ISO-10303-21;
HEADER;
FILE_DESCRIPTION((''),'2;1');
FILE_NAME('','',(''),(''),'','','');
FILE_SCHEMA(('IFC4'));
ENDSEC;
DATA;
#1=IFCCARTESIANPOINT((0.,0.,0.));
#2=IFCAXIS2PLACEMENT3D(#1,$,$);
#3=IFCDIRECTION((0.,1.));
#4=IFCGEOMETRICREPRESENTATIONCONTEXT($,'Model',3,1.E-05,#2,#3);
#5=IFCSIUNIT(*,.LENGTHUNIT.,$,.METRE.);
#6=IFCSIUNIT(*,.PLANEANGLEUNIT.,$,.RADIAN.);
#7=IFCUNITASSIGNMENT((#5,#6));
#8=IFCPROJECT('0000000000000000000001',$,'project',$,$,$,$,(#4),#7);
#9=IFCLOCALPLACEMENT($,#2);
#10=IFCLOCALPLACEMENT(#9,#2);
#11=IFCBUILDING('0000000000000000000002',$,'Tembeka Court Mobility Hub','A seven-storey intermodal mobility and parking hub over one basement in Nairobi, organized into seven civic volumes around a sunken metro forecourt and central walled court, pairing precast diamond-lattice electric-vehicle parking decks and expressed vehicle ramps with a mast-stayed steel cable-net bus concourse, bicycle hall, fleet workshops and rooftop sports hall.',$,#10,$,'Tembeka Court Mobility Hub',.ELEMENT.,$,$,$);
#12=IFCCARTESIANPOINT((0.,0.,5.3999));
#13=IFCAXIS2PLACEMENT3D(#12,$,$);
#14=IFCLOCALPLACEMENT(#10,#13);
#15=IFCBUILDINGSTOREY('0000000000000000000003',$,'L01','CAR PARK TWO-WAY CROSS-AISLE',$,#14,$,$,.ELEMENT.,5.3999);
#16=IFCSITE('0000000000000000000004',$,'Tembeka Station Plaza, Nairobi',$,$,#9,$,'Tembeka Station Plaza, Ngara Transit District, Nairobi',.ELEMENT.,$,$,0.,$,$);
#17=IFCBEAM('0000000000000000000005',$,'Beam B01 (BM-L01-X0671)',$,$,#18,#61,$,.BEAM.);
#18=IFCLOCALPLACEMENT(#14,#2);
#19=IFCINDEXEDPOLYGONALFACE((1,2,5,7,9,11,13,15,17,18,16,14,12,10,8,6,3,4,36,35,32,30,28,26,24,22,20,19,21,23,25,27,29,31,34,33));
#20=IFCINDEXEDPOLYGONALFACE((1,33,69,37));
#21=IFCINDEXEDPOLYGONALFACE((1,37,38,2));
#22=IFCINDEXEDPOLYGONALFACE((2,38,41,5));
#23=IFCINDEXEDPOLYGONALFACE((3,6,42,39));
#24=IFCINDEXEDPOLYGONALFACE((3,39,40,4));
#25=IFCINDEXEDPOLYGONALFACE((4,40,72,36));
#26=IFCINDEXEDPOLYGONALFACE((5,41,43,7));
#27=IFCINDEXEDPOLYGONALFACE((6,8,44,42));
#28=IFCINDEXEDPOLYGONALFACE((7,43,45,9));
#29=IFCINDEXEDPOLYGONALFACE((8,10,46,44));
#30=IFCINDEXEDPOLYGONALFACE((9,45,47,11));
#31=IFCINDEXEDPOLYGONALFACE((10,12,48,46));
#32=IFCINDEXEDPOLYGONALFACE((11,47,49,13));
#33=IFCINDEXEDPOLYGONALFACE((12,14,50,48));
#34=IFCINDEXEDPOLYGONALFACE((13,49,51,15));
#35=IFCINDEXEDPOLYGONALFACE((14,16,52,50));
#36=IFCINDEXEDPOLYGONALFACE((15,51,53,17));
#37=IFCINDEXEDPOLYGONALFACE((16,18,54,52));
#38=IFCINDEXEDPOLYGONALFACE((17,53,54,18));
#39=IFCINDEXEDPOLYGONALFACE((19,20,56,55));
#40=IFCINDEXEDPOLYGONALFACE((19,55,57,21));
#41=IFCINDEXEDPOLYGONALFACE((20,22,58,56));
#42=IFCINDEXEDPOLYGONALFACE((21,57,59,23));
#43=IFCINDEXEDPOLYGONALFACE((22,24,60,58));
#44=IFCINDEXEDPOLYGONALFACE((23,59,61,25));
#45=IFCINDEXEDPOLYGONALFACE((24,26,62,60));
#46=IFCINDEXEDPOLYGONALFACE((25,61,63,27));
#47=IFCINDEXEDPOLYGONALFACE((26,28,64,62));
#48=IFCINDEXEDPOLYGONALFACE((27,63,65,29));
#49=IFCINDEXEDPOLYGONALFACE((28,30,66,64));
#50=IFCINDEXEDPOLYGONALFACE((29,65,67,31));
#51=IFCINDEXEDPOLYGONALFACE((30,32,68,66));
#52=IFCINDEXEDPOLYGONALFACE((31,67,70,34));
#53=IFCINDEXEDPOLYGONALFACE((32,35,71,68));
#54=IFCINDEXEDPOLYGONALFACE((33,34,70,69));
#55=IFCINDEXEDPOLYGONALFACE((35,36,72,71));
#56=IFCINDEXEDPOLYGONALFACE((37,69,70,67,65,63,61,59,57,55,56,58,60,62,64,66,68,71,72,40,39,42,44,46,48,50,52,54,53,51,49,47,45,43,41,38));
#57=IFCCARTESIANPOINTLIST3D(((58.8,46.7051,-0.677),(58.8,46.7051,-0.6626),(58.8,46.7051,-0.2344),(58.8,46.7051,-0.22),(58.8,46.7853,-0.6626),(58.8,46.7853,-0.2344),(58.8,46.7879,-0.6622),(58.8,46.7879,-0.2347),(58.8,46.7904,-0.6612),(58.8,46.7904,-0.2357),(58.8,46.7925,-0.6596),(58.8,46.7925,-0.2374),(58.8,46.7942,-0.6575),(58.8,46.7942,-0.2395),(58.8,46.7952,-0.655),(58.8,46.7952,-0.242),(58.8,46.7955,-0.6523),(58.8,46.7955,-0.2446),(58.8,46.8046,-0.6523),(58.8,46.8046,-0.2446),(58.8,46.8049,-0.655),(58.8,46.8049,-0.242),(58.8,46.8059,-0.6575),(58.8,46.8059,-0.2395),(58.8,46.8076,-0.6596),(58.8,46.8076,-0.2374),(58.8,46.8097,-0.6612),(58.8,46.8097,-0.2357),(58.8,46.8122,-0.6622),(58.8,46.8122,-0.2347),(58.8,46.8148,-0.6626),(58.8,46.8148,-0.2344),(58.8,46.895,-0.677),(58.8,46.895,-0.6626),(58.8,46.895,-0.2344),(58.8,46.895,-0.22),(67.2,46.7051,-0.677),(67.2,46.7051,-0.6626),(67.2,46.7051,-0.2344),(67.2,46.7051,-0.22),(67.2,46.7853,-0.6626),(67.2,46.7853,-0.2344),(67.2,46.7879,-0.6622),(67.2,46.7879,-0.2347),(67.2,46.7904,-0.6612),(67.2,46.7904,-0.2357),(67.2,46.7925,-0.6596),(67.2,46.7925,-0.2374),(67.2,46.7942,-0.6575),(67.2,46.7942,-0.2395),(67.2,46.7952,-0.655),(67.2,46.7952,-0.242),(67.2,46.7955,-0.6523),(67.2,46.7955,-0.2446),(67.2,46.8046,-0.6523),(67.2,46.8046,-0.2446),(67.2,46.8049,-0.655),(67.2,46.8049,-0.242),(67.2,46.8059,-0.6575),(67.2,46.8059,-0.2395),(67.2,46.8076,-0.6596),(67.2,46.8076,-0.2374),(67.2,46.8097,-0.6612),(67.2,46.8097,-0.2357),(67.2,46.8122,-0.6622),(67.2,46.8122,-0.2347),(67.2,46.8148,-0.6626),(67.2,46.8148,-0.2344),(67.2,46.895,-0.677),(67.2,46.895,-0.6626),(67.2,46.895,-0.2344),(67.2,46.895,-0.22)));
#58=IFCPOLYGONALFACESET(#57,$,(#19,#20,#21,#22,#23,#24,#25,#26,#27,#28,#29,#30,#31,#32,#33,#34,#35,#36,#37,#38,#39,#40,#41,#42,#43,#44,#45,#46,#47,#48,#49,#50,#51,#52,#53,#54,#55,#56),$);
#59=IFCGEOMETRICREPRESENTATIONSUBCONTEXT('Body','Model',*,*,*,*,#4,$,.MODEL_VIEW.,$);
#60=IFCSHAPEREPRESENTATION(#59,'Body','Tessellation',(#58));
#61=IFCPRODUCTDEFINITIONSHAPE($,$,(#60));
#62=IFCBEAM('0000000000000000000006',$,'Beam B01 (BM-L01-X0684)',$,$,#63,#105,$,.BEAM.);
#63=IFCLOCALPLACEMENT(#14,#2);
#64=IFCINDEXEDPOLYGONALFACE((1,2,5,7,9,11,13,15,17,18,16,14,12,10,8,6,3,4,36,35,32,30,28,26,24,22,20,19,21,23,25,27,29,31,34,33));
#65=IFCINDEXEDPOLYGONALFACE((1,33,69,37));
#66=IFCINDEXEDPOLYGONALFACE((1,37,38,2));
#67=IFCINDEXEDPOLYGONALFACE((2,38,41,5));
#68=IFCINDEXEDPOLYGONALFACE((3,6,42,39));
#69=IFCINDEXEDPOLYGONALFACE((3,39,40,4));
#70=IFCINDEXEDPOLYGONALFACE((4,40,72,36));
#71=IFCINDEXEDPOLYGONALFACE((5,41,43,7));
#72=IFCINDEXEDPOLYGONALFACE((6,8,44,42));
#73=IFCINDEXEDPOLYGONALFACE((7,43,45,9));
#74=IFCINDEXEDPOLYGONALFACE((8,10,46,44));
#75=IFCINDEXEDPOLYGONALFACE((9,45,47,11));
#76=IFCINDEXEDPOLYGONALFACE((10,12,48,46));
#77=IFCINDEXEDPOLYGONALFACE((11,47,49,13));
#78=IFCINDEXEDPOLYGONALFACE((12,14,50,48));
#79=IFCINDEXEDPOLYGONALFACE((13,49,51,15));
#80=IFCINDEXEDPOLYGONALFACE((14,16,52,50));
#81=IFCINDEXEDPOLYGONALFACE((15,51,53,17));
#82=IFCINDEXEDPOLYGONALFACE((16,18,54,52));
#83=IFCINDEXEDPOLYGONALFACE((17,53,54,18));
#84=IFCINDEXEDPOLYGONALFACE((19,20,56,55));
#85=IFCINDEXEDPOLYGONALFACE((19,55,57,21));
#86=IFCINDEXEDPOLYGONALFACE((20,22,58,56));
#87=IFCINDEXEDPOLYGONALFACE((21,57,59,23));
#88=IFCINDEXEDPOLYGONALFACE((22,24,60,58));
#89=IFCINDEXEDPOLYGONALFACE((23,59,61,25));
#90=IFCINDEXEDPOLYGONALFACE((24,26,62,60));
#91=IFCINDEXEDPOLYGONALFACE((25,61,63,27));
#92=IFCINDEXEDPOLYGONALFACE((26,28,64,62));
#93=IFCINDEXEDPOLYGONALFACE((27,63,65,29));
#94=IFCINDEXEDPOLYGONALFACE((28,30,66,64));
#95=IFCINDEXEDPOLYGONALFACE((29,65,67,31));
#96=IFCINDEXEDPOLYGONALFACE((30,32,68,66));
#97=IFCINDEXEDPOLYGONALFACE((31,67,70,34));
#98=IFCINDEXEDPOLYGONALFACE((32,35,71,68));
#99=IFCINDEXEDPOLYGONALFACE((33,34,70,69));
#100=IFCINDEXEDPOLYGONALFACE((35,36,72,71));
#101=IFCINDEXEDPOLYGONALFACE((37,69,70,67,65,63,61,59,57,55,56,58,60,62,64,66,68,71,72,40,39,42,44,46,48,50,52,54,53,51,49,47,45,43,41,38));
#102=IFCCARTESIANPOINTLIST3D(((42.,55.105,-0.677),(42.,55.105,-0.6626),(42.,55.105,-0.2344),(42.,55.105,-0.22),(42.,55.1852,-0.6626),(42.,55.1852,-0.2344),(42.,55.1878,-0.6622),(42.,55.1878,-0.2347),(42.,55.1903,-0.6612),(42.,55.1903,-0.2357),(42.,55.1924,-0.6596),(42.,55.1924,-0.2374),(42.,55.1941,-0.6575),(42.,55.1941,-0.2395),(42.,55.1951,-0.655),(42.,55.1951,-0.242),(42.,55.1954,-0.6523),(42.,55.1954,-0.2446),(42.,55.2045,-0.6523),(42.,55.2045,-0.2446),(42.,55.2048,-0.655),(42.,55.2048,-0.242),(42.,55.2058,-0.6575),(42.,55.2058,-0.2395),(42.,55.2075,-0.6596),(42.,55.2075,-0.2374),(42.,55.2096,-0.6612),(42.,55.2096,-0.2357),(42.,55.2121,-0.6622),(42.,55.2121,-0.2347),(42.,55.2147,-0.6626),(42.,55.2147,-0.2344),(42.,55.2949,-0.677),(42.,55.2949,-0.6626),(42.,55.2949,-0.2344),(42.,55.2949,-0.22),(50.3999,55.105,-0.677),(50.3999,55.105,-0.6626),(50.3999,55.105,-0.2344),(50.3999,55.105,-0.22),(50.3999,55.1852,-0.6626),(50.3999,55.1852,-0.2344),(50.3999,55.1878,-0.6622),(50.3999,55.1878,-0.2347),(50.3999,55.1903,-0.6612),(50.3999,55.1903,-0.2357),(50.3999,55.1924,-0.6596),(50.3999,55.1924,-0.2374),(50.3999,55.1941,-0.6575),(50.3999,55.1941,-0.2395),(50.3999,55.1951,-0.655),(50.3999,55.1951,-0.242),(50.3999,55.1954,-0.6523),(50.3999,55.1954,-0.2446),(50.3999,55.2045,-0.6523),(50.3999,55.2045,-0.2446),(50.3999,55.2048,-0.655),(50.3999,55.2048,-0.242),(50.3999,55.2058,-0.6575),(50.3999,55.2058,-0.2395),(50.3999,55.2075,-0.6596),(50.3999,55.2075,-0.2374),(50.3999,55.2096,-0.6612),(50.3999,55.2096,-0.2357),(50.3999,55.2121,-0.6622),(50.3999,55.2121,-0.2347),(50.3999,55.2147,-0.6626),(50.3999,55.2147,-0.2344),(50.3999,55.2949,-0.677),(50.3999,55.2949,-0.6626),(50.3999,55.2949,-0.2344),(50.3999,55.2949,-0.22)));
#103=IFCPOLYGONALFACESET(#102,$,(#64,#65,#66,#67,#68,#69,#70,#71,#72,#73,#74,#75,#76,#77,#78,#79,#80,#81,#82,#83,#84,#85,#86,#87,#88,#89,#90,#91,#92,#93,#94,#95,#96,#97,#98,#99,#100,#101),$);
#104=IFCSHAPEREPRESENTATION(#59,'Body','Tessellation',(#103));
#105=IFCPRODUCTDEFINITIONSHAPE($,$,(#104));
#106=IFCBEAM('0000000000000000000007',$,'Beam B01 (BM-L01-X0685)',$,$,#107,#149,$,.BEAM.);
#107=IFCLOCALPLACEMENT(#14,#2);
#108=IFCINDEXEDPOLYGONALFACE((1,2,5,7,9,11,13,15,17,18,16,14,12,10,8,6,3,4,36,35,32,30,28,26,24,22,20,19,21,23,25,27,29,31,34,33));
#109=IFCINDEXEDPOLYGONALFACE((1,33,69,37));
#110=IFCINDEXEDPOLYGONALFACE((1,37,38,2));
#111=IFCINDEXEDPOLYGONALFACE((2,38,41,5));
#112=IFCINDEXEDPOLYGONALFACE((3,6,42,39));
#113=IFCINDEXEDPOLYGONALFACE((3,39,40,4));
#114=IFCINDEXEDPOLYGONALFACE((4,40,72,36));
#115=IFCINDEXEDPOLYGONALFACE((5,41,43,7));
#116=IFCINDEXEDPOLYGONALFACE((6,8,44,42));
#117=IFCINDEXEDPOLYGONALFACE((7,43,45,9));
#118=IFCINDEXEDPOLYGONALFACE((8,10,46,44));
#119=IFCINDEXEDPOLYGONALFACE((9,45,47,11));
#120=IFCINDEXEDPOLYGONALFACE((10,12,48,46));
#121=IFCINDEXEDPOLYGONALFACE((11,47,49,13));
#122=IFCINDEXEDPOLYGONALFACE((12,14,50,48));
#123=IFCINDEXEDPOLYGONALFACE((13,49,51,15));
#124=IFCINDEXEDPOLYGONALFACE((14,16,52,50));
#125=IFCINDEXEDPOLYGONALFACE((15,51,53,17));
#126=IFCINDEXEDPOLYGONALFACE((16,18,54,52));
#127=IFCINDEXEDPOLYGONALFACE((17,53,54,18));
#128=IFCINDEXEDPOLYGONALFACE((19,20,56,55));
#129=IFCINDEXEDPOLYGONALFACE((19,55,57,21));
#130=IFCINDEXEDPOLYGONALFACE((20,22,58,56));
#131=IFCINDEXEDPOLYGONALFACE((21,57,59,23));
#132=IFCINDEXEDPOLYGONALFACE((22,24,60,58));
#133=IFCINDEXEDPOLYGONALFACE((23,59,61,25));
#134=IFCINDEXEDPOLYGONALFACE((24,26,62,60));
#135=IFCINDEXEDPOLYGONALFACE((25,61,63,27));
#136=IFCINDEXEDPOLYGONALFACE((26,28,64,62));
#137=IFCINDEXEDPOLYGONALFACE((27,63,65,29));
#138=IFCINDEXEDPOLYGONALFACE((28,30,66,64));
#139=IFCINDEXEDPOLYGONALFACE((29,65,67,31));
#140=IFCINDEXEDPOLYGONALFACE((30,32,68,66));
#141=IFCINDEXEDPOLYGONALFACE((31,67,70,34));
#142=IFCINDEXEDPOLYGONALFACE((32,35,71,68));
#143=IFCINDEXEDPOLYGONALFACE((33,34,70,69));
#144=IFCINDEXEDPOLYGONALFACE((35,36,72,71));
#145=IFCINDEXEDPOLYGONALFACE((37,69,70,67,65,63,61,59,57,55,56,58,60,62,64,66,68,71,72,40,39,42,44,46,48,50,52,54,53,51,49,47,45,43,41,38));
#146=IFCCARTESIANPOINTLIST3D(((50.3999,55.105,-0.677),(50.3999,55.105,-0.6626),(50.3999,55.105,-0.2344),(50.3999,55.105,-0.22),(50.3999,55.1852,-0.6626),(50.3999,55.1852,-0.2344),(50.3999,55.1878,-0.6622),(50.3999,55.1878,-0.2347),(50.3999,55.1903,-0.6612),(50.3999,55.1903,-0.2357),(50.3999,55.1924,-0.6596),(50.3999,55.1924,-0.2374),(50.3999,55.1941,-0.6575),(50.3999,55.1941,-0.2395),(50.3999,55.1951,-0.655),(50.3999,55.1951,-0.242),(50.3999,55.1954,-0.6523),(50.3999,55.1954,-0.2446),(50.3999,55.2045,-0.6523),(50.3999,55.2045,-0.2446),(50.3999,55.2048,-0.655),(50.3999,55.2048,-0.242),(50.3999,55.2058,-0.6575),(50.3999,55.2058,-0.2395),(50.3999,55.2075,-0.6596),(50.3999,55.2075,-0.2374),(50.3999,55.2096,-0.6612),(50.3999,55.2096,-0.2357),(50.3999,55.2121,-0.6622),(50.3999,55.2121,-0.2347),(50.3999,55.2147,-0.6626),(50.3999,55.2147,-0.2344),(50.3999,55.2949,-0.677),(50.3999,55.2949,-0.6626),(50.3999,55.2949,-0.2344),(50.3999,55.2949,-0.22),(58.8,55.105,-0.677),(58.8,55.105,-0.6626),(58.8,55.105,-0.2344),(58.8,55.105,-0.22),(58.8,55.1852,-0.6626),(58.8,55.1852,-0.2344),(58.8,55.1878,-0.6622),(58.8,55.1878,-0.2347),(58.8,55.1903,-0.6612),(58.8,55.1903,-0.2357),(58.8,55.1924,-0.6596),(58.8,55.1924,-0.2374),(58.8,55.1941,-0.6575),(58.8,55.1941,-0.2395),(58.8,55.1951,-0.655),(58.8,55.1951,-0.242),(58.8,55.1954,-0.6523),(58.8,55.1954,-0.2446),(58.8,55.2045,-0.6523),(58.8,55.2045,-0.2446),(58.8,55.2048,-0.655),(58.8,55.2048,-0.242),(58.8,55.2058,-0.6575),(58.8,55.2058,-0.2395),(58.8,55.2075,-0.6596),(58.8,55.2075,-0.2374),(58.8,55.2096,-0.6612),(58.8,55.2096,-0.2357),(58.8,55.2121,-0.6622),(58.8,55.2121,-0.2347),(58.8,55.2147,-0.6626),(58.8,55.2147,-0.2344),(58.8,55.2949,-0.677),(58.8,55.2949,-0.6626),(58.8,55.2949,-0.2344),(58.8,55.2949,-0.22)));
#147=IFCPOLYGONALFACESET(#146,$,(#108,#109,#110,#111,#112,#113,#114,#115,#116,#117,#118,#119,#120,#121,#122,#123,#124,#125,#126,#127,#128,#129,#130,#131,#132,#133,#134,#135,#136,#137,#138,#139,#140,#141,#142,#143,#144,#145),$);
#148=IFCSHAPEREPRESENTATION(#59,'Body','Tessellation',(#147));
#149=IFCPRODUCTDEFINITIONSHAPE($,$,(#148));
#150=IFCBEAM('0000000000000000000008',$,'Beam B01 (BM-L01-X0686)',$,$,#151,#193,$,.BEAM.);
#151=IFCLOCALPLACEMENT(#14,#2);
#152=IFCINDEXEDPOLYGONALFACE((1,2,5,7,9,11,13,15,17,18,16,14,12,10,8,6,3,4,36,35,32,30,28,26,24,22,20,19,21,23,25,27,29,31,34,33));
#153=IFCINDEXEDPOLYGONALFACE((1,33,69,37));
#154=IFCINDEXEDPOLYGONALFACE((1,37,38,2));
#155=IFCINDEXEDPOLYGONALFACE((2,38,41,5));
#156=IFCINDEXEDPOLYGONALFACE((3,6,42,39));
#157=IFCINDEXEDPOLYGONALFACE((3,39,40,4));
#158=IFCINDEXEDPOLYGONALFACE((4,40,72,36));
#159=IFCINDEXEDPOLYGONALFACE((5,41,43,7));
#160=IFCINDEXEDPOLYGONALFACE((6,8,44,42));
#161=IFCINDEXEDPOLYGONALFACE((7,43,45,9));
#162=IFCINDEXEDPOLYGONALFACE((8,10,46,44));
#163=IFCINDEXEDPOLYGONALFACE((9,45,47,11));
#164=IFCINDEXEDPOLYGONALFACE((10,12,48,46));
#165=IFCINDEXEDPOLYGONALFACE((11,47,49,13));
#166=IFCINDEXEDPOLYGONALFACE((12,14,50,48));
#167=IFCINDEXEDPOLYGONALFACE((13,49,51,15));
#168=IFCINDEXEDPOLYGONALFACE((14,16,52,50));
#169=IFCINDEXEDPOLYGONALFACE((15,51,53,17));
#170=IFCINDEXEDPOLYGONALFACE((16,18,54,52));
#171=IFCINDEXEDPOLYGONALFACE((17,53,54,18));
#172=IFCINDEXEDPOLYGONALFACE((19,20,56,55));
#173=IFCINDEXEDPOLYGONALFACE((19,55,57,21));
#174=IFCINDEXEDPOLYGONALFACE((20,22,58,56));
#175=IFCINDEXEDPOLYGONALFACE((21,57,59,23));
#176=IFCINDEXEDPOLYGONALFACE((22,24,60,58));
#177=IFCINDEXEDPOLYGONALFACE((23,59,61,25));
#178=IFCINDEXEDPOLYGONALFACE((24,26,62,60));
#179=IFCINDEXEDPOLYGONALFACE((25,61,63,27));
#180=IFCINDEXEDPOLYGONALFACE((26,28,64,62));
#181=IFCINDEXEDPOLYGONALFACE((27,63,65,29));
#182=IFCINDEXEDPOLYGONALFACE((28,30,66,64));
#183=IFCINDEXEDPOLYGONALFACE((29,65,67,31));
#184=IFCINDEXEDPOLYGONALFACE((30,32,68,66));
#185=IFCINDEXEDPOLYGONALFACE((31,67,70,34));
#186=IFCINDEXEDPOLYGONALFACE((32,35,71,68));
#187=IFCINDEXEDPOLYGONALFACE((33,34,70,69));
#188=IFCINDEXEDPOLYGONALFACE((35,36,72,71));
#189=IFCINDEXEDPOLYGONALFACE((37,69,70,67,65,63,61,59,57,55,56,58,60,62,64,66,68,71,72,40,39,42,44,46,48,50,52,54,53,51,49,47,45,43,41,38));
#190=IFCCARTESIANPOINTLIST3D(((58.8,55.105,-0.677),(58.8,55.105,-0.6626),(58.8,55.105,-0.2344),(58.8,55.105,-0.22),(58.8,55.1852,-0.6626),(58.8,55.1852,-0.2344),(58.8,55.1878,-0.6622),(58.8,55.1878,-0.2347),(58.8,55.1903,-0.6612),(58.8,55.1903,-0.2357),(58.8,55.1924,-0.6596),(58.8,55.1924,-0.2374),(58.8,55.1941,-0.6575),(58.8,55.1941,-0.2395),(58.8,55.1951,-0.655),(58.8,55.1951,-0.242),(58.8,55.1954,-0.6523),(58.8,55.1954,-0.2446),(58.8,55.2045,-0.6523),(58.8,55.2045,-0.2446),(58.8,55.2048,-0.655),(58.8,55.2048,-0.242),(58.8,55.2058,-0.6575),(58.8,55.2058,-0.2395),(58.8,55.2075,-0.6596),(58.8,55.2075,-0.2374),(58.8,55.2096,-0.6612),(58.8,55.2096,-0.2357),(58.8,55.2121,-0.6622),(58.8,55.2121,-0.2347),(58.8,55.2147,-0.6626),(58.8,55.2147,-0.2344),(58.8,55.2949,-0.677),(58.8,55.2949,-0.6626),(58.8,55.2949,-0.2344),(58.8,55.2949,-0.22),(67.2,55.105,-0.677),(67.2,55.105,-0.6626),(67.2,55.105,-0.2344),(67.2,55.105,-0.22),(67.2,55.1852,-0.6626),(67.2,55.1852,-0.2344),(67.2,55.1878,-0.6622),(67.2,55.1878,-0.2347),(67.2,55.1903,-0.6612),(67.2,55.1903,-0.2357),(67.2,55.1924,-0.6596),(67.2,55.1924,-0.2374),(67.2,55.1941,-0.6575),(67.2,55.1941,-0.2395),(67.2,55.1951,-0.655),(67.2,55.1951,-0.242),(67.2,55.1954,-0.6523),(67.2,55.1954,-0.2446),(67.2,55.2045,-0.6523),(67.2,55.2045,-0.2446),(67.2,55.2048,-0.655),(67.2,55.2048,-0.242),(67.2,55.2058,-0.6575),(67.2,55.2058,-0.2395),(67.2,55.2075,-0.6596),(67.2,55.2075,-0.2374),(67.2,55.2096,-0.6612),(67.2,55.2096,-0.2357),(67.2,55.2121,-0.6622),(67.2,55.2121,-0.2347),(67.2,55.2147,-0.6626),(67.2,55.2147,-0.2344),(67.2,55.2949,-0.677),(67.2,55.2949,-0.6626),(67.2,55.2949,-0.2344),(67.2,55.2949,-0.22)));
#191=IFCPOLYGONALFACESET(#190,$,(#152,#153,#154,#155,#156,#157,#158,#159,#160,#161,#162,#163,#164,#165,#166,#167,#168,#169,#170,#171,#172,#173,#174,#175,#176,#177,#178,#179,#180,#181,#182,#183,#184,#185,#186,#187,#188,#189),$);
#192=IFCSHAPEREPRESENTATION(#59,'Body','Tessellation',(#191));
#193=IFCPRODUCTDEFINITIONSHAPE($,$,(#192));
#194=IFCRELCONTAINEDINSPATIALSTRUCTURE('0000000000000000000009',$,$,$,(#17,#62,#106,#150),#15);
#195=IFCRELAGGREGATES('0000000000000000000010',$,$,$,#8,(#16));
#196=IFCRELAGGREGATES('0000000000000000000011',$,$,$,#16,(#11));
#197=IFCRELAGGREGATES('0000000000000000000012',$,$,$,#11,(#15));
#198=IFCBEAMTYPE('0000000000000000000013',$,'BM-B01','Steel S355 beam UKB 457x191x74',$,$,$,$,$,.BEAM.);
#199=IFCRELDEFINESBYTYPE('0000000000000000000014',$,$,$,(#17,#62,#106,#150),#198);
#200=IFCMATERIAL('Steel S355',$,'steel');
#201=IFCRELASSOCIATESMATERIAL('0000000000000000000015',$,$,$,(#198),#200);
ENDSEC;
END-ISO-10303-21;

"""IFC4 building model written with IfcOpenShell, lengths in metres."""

from ifc_helpers import new_model, si_unit, direction, frame, origin, origin_2d, place, context, subcontext, project, spatial, i_section, extrude, material, material_profile, profile_set, type_object, element, save


model = new_model("IFC4")

# Units and contexts
model_context = context("Model", 3, precision=1e-05, world=origin(), true_north=direction((0.0, 1.0)))
body_context = subcontext(model_context, "Body", "Model", "MODEL_VIEW")
ifc_project = project(units=[si_unit("LENGTHUNIT", "METRE"), si_unit("PLANEANGLEUNIT", "RADIAN")], contexts=[model_context])

# Site, building, storey
site_placement = place(None, origin())
site = spatial("IfcSite", under=ifc_project, at=site_placement, Name="Tembeka Station Plaza, Nairobi", LongName="Tembeka Station Plaza, Ngara Transit District, Nairobi", CompositionType="ELEMENT", RefElevation=0.0)
building_placement = place(site_placement, origin())
building = spatial("IfcBuilding", under=site, at=building_placement, Name="Tembeka Court Mobility Hub", Description="A seven-storey intermodal mobility and parking hub over one basement in Nairobi, organized into seven civic volumes around a sunken metro forecourt and central walled court, pairing precast diamond-lattice electric-vehicle parking decks and expressed vehicle ramps with a mast-stayed steel cable-net bus concourse, bicycle hall, fleet workshops and rooftop sports hall.", LongName="Tembeka Court Mobility Hub", CompositionType="ELEMENT")
storey_placement = place(building_placement, frame((0.0, 0.0, 5.3999)))
storey = spatial("IfcBuildingStorey", under=building, at=storey_placement, Name="L01", Description="CAR PARK TWO-WAY CROSS-AISLE", CompositionType="ELEMENT", Elevation=5.3999)

# Shared definitions
ifc_material_1 = material(Name="Steel S355", Category="steel")

# Beams
ifc_material_profile_1 = material_profile(ifc_material_1, i_section(OverallWidth=0.1899, OverallDepth=0.457, WebThickness=0.009, FlangeThickness=0.0144, FilletRadius=0.0103, at=origin_2d()), Name="UKB 457x191x74")
ifc_profile_set_1 = profile_set([ifc_material_profile_1], Name="Steel S355")
beam_type_1 = type_object("IfcBeamType", Name="BM-B01", Description="Steel S355 beam UKB 457x191x74", PredefinedType="BEAM", material=ifc_profile_set_1)
for number, where, z_axis, x_axis, name in (
    (1, (58.8, 46.8, -0.4485), (1.0, 0.0, 0.0), (0.0, 1.0, 0.0), "Beam B01 (BM-L01-X0671)"),
    (2, (42.0, 55.2, -0.4485), (1.0, 0.0, 0.0), (0.0, 1.0, 0.0), "Beam B01 (BM-L01-X0684)"),
):
    element("IfcBeam", number, at=place(storey_placement, frame(where, z_axis=z_axis, x_axis=x_axis)), inside=storey, type_object=beam_type_1, Name=name, PredefinedType="BEAM", context=body_context, shape_type="SweptSolid", body=[
        extrude(i_section(OverallWidth=0.1899, OverallDepth=0.457, WebThickness=0.009, FlangeThickness=0.0144, FilletRadius=0.0103, at=origin_2d()), origin(), (0.0, 0.0, 1.0), 8.3999),
    ])
beam_1_placement = place(storey_placement, frame((50.3999, 55.2, -0.4485), z_axis=(1.0, 0.0, 0.0), x_axis=(0.0, 1.0, 0.0)))
element("IfcBeam", 3, at=beam_1_placement, inside=storey, type_object=beam_type_1, Name="Beam B01 (BM-L01-X0685)", PredefinedType="BEAM", context=body_context, shape_type="SweptSolid", body=[
    extrude(i_section(OverallWidth=0.1899, OverallDepth=0.457, WebThickness=0.009, FlangeThickness=0.0144, FilletRadius=0.0103, at=origin_2d()), origin(), (0.0, 0.0, 1.0), 8.4001),
])
beam_2_placement = place(storey_placement, frame((58.8, 55.2, -0.4485), z_axis=(1.0, 0.0, 0.0), x_axis=(0.0, 1.0, 0.0)))
element("IfcBeam", 4, at=beam_2_placement, inside=storey, type_object=beam_type_1, Name="Beam B01 (BM-L01-X0686)", PredefinedType="BEAM", context=body_context, shape_type="SweptSolid", body=[
    extrude(i_section(OverallWidth=0.1899, OverallDepth=0.457, WebThickness=0.009, FlangeThickness=0.0144, FilletRadius=0.0103, at=origin_2d()), origin(), (0.0, 0.0, 1.0), 8.3999),
])

save(model, "model.ifc")
